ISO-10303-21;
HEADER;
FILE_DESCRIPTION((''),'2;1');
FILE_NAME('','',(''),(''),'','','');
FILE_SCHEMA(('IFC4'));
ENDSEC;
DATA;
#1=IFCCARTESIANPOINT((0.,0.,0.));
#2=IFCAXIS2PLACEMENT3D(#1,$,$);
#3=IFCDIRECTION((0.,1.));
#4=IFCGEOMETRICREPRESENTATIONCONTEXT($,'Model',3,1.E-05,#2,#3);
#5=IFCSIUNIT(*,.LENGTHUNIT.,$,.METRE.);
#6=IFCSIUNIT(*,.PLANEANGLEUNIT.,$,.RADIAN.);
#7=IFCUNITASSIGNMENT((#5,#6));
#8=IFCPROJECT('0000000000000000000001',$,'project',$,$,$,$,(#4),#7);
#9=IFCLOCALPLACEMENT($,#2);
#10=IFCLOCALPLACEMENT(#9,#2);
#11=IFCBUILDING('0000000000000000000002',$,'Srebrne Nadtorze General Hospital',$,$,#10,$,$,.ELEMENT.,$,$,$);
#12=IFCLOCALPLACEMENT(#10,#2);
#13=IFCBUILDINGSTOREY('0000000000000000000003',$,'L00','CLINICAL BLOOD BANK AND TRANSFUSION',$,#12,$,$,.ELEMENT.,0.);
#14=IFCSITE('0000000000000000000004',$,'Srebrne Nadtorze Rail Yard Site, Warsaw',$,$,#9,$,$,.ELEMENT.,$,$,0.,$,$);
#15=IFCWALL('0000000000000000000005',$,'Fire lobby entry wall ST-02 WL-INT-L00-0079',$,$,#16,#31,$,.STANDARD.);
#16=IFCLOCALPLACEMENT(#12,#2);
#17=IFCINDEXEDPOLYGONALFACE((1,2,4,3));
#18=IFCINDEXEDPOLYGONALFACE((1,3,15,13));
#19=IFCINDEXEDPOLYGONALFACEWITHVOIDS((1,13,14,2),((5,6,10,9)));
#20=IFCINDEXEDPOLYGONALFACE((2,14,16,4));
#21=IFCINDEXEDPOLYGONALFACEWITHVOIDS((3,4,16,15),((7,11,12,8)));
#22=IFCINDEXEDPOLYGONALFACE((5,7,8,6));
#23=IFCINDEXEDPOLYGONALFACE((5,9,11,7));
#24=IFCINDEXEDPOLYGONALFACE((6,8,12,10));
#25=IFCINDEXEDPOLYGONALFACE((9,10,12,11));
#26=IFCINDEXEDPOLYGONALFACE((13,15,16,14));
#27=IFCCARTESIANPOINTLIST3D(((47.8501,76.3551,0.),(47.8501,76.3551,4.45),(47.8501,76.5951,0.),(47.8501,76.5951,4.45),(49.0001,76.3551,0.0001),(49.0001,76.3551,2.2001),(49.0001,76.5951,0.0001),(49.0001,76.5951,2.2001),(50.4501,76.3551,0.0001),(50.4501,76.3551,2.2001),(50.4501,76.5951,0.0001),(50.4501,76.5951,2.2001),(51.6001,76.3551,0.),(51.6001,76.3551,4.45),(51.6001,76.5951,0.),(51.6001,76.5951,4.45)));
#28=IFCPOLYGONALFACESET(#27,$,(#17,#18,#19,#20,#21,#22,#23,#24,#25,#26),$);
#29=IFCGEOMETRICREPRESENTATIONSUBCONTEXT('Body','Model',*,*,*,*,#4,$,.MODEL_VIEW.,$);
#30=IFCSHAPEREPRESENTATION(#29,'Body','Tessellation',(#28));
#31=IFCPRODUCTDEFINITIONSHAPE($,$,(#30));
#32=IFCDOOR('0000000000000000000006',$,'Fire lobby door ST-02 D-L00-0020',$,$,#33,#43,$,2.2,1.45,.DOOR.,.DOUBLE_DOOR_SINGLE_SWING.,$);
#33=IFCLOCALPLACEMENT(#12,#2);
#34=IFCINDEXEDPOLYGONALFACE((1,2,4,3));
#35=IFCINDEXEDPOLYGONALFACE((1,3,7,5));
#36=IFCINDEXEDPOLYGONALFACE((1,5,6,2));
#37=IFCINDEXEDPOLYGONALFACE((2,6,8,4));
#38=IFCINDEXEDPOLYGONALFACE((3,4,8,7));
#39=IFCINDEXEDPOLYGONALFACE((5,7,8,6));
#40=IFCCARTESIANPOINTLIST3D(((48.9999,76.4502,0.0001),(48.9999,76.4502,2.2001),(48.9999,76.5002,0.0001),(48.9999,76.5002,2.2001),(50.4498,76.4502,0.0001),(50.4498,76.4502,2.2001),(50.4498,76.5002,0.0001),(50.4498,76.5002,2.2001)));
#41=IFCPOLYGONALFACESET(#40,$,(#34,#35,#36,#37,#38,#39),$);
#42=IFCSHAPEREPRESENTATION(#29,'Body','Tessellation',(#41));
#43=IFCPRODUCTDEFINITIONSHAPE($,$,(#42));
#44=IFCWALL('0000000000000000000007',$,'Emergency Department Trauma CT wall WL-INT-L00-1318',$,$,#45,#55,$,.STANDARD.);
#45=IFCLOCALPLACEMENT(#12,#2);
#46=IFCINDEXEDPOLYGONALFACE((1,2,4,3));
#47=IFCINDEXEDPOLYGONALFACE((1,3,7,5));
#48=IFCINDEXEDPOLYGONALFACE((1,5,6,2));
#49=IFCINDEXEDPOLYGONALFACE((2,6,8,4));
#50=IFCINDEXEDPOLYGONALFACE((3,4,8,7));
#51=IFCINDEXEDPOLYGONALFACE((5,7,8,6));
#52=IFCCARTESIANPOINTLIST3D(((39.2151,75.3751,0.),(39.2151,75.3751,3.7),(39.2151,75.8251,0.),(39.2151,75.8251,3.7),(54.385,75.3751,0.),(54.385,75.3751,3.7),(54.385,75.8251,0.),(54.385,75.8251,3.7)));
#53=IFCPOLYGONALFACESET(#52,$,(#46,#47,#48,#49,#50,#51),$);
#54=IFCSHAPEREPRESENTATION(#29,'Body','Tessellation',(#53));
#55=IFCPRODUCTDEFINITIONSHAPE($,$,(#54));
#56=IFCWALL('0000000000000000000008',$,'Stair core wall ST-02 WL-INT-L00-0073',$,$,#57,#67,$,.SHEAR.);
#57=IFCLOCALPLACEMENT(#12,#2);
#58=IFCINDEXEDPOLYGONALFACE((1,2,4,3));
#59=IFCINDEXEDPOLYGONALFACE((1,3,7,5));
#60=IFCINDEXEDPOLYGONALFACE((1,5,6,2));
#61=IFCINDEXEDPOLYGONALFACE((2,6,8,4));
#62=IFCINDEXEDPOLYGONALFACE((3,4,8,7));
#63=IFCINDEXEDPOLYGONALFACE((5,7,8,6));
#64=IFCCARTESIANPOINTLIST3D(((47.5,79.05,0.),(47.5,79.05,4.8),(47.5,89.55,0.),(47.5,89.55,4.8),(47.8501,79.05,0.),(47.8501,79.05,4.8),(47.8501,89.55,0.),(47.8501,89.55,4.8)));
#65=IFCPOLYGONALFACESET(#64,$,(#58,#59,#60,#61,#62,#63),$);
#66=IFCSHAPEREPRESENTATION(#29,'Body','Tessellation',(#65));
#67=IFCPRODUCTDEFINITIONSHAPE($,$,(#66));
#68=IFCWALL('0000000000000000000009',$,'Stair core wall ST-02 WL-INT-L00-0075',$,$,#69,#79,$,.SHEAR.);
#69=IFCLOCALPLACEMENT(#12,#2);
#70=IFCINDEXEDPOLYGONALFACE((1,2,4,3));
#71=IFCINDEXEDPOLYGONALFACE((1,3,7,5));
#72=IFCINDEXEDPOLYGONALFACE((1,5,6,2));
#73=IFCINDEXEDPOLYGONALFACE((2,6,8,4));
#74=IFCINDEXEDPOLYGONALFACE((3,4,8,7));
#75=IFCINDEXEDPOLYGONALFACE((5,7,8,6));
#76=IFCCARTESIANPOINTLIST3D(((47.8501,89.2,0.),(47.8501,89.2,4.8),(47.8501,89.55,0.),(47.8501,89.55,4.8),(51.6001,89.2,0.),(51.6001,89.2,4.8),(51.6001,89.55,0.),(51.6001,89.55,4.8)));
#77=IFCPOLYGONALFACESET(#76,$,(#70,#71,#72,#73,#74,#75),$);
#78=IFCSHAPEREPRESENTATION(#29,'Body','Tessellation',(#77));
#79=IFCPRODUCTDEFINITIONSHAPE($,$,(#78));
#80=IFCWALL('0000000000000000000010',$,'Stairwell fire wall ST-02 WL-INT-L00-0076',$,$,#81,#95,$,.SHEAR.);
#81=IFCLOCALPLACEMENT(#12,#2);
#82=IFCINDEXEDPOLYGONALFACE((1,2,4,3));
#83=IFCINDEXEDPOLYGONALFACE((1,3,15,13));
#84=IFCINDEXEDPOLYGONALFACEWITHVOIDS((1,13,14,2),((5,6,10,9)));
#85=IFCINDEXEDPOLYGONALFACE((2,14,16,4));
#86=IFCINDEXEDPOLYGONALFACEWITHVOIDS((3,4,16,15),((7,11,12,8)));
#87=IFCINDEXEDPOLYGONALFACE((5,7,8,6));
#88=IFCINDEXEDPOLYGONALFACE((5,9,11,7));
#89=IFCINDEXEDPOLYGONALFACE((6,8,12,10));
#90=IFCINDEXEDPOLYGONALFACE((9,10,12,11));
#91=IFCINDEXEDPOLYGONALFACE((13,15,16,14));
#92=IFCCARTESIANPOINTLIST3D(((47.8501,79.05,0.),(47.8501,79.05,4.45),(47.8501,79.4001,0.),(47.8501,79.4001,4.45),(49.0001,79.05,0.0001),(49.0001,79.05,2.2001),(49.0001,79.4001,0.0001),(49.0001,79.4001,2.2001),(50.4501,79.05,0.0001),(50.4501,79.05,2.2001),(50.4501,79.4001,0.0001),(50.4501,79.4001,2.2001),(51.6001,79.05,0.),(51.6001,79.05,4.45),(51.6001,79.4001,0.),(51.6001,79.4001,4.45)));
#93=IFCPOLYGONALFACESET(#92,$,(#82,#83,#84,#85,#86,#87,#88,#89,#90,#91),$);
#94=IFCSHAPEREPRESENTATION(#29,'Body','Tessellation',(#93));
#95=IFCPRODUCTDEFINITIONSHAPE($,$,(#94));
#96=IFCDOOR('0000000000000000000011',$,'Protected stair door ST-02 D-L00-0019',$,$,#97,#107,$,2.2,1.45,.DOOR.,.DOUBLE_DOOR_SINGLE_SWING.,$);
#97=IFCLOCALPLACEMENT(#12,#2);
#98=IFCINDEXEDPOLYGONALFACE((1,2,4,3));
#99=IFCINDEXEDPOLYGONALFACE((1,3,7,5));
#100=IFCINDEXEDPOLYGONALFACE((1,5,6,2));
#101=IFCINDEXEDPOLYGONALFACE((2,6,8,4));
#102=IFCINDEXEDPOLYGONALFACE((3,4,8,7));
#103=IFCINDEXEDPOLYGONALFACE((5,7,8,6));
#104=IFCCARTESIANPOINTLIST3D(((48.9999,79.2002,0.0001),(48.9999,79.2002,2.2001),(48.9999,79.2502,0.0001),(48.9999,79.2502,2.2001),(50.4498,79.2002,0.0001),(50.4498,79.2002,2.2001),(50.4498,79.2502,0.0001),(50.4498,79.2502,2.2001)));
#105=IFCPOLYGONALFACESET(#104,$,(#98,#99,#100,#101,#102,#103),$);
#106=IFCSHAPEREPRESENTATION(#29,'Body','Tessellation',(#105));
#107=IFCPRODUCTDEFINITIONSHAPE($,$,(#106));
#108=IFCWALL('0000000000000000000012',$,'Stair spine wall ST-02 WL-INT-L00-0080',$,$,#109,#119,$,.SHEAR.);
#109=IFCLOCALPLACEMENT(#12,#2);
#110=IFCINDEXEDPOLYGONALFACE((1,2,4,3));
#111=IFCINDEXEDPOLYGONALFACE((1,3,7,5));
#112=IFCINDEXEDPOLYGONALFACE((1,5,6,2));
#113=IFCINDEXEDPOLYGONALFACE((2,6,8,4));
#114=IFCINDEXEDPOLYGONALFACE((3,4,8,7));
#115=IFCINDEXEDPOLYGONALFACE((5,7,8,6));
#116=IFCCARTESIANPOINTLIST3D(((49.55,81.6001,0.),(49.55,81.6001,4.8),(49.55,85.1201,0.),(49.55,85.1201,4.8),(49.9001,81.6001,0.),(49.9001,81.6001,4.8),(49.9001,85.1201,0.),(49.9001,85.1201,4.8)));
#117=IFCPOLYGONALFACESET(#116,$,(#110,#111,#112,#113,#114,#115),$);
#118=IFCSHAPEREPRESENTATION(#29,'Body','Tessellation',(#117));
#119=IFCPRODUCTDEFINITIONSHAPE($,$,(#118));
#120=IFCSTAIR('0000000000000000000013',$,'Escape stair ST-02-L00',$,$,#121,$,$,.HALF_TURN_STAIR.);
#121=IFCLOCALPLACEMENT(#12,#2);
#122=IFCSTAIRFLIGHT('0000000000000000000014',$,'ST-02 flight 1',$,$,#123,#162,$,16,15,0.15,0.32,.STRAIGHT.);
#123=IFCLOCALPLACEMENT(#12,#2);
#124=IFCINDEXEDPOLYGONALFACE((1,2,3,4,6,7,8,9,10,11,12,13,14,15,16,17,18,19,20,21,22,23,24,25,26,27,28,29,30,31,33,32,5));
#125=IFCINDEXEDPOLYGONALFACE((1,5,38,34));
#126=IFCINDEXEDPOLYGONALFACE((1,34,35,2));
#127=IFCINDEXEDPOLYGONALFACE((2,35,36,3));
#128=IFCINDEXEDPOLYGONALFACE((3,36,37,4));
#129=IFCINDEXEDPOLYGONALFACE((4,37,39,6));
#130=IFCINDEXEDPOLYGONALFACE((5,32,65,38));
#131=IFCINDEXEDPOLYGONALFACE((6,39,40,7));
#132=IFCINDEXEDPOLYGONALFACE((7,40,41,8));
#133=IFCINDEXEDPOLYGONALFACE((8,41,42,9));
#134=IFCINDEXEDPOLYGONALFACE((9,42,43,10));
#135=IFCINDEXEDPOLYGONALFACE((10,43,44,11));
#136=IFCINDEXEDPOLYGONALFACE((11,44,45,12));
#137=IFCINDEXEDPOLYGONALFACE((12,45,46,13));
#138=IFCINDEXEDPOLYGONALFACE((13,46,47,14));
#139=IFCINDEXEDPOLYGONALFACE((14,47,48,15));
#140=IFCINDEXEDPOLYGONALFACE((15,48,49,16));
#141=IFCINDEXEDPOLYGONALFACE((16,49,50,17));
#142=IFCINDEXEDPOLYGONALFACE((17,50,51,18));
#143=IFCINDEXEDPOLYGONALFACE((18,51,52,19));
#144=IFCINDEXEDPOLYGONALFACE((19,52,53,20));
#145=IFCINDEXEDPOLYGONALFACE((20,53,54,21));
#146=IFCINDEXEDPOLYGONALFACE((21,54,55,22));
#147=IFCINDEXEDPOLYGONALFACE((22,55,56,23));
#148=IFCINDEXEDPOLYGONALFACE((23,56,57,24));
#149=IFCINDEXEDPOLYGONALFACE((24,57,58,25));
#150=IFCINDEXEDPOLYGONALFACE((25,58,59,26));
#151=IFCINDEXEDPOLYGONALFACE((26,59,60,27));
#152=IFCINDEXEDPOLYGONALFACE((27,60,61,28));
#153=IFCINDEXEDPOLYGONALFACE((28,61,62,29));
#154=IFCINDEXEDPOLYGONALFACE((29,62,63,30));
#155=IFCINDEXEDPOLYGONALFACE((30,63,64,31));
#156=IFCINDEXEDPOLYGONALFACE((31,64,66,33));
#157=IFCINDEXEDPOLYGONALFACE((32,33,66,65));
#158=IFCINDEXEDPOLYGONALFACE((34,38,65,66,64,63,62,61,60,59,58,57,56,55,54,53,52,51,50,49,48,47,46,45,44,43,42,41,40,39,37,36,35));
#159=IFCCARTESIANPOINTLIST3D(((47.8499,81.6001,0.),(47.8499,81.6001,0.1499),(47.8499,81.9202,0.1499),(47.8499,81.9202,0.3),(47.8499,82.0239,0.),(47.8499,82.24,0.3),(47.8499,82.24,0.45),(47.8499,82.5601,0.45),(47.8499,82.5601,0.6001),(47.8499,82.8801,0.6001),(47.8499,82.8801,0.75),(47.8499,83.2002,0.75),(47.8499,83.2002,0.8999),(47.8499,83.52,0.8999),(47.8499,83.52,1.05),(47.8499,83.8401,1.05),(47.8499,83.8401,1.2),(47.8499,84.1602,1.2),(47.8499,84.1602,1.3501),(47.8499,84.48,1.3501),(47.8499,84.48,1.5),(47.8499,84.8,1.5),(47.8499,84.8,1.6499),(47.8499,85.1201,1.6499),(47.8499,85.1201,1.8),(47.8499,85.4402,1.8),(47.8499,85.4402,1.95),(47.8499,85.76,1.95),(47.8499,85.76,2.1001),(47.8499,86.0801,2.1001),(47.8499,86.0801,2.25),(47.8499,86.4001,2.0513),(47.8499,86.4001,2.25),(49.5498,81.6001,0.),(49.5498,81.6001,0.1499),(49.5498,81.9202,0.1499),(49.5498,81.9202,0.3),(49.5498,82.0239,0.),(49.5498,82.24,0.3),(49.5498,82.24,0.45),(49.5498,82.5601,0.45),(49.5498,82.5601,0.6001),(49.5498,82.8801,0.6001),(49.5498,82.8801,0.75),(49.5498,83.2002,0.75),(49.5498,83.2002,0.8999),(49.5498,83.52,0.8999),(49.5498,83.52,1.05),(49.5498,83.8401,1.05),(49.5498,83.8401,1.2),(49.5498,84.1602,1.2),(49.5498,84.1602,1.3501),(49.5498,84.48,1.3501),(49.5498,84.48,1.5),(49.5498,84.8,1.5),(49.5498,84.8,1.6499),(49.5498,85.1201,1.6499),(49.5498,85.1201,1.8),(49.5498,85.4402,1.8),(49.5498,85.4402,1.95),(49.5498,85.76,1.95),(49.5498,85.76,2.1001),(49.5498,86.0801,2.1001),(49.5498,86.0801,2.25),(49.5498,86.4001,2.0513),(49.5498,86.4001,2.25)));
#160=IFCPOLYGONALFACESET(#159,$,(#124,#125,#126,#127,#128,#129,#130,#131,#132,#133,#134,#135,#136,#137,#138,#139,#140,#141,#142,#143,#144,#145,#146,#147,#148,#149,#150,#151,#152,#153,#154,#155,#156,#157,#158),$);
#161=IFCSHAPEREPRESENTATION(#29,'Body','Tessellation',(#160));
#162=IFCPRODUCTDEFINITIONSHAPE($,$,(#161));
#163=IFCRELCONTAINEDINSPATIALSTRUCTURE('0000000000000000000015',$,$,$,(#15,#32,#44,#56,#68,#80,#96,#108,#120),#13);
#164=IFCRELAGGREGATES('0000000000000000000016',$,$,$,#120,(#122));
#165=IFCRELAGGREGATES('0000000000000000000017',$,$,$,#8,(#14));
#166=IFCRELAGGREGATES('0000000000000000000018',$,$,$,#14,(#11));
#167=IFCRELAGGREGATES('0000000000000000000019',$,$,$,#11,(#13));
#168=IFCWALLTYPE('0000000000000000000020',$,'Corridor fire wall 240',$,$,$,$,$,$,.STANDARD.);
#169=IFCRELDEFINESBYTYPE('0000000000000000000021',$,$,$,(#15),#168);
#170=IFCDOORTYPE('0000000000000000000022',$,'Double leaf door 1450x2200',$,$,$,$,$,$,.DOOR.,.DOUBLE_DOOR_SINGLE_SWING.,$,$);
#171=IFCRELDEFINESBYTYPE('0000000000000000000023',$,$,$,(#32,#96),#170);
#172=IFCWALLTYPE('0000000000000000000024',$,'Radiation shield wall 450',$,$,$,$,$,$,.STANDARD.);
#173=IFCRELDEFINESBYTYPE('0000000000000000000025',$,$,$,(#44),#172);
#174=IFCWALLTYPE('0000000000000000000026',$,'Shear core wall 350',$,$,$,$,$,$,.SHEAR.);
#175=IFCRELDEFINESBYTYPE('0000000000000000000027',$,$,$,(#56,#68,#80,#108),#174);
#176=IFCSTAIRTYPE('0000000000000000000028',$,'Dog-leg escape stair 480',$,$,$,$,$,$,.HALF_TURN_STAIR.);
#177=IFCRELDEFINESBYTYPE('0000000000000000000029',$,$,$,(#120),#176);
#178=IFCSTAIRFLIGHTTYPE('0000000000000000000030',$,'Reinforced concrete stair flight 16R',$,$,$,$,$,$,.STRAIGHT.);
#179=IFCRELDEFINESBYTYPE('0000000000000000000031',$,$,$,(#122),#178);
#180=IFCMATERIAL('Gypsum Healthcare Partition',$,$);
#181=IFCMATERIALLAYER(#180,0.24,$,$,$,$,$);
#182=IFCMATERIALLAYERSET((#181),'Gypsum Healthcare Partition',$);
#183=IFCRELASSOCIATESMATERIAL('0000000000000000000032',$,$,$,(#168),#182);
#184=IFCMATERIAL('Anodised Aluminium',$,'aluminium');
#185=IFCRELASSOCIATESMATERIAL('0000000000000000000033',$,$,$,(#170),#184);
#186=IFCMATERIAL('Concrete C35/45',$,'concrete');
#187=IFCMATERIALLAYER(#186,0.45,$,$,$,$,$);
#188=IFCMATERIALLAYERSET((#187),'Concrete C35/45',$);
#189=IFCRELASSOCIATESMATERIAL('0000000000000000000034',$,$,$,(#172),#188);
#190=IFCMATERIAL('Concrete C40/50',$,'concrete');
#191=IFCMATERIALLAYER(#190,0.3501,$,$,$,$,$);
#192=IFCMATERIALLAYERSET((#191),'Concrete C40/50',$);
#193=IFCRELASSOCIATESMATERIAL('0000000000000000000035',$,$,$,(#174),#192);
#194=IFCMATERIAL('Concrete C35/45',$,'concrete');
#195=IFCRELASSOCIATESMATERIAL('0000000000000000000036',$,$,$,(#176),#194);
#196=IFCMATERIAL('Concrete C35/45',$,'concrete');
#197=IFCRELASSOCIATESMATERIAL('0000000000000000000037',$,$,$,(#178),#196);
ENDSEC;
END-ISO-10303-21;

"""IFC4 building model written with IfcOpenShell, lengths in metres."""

from ifc_helpers import new_model, si_unit, direction, frame, frame_2d, origin, place, context, subcontext, project, spatial, polyline, rectangle, outline, extrude, material, layer, layer_set, type_object, element, fill, aggregate, save


model = new_model("IFC4")

# Units and contexts
model_context = context("Model", 3, precision=1e-05, world=origin(), true_north=direction((0.0, 1.0)))
body_context = subcontext(model_context, "Body", "Model", "MODEL_VIEW")
ifc_project = project(units=[si_unit("LENGTHUNIT", "METRE"), si_unit("PLANEANGLEUNIT", "RADIAN")], contexts=[model_context])

# Site, building, storey
site_placement = place(None, origin())
site = spatial("IfcSite", under=ifc_project, at=site_placement, Name="Srebrne Nadtorze Rail Yard Site, Warsaw", CompositionType="ELEMENT", RefElevation=0.0)
building_placement = place(site_placement, origin())
building = spatial("IfcBuilding", under=site, at=building_placement, Name="Srebrne Nadtorze General Hospital", CompositionType="ELEMENT")
storey_placement = place(building_placement, origin())
storey = spatial("IfcBuildingStorey", under=building, at=storey_placement, Name="L00", Description="CLINICAL BLOOD BANK AND TRANSFUSION", CompositionType="ELEMENT", Elevation=0.0)

# Shared definitions
ifc_material_1 = material(Name="Gypsum Healthcare Partition")
ifc_layer_1 = layer(ifc_material_1, 0.24)
ifc_layer_set_1 = layer_set([ifc_layer_1], Name="Gypsum Healthcare Partition")
wall_type_1 = type_object("IfcWallType", Name="Corridor fire wall 240", PredefinedType="STANDARD", material=ifc_layer_set_1)

# Wall, opening, door
wall_1_placement = place(storey_placement, frame((47.8501, 76.4751, 0.0), z_axis=(0.0, 0.0, 1.0), x_axis=(1.0, 0.0, 0.0)))
wall_1 = element("IfcWall", 1, at=wall_1_placement, inside=storey, type_object=wall_type_1, Name="Fire lobby entry wall ST-02 WL-INT-L00-0079", PredefinedType="STANDARD", context=body_context, shape_type="SweptSolid", body=[
    extrude(rectangle(XDim=3.75, YDim=0.24, at=frame_2d((1.875, 0.0))), origin(), (0.0, 0.0, 1.0), 4.45),
])
opening_1_placement = place(wall_1_placement, frame((1.1499, 0.0, 0.0)))
opening_1 = element("IfcOpeningElement", 2, at=opening_1_placement, cuts=wall_1, PredefinedType="OPENING", context=body_context, shape_type="SweptSolid", body=[
    extrude(rectangle(XDim=1.45, YDim=2.2, at=frame_2d((0.7251, 1.1001))), frame((0.0, 0.1318, 0.0), z_axis=(0.0, -1.0, 0.0), x_axis=(1.0, 0.0, 0.0)), (0.0, 0.0, 1.0), 0.2639),
])
ifc_material_2 = material(Name="Anodised Aluminium", Category="aluminium")
door_type = type_object("IfcDoorType", Name="Double leaf door 1450x2200", OperationType="DOUBLE_DOOR_SINGLE_SWING", PredefinedType="DOOR", material=ifc_material_2)
door_1_placement = place(opening_1_placement, frame((1.45, 0.0, 0.0), z_axis=(0.0, 0.0, 1.0), x_axis=(-1.0, 0.0, 0.0)))
door_1 = element("IfcDoor", 3, at=door_1_placement, inside=storey, type_object=door_type, Name="Fire lobby door ST-02 D-L00-0020", OperationType="DOUBLE_DOOR_SINGLE_SWING", OverallHeight=2.2, OverallWidth=1.45, PredefinedType="DOOR", context=body_context, shape_type="SweptSolid", body=[
    extrude(rectangle(XDim=1.45, YDim=2.2, at=frame_2d((0.7251, 1.1001))), frame((0.0, 0.0249, 0.0), z_axis=(0.0, -1.0, 0.0), x_axis=(1.0, 0.0, 0.0)), (0.0, 0.0, 1.0), 0.05),
])
fill(opening_1, door_1)

# Walls
ifc_material_3 = material(Name="Concrete C35/45", Category="concrete")
ifc_layer_2 = layer(ifc_material_3, 0.45)
ifc_layer_set_2 = layer_set([ifc_layer_2], Name="Concrete C35/45")
wall_type_2 = type_object("IfcWallType", Name="Radiation shield wall 450", PredefinedType="STANDARD", material=ifc_layer_set_2)
wall_2_placement = place(storey_placement, frame((39.2151, 75.6001, 0.0), z_axis=(0.0, 0.0, 1.0), x_axis=(1.0, 0.0, 0.0)))
element("IfcWall", 4, at=wall_2_placement, inside=storey, type_object=wall_type_2, Name="Emergency Department Trauma CT wall WL-INT-L00-1318", PredefinedType="STANDARD", context=body_context, shape_type="SweptSolid", body=[
    extrude(rectangle(XDim=15.1699, YDim=0.45, at=frame_2d((7.585, 0.0))), origin(), (0.0, 0.0, 1.0), 3.7),
])
ifc_material_4 = material(Name="Concrete C40/50", Category="concrete")
ifc_layer_3 = layer(ifc_material_4, 0.3501)
ifc_layer_set_3 = layer_set([ifc_layer_3], Name="Concrete C40/50")
wall_type_3 = type_object("IfcWallType", Name="Shear core wall 350", PredefinedType="SHEAR", material=ifc_layer_set_3)
wall_3_placement = place(storey_placement, frame((47.675, 79.05, 0.0), z_axis=(0.0, 0.0, 1.0), x_axis=(0.0, 1.0, 0.0)))
element("IfcWall", 5, at=wall_3_placement, inside=storey, type_object=wall_type_3, Name="Stair core wall ST-02 WL-INT-L00-0073", PredefinedType="SHEAR", context=body_context, shape_type="SweptSolid", body=[
    extrude(rectangle(XDim=10.5, YDim=0.3501, at=frame_2d((5.25, 0.0))), origin(), (0.0, 0.0, 1.0), 4.8),
])
wall_4_placement = place(storey_placement, frame((47.8501, 89.375, 0.0), z_axis=(0.0, 0.0, 1.0), x_axis=(1.0, 0.0, 0.0)))
element("IfcWall", 6, at=wall_4_placement, inside=storey, type_object=wall_type_3, Name="Stair core wall ST-02 WL-INT-L00-0075", PredefinedType="SHEAR", context=body_context, shape_type="SweptSolid", body=[
    extrude(rectangle(XDim=3.75, YDim=0.3501, at=frame_2d((1.875, 0.0))), origin(), (0.0, 0.0, 1.0), 4.8),
])

# Wall, opening, door
wall_5_placement = place(storey_placement, frame((47.8501, 79.2251, 0.0), z_axis=(0.0, 0.0, 1.0), x_axis=(1.0, 0.0, 0.0)))
wall_5 = element("IfcWall", 7, at=wall_5_placement, inside=storey, type_object=wall_type_3, Name="Stairwell fire wall ST-02 WL-INT-L00-0076", PredefinedType="SHEAR", context=body_context, shape_type="SweptSolid", body=[
    extrude(rectangle(XDim=3.75, YDim=0.3501, at=frame_2d((1.875, 0.0))), origin(), (0.0, 0.0, 1.0), 4.45),
])
opening_2_placement = place(wall_5_placement, frame((1.1499, 0.0, 0.0)))
opening_2 = element("IfcOpeningElement", 8, at=opening_2_placement, cuts=wall_5, PredefinedType="OPENING", context=body_context, shape_type="SweptSolid", body=[
    extrude(rectangle(XDim=1.45, YDim=2.2, at=frame_2d((0.7251, 1.1001))), frame((0.0, 0.187, 0.0), z_axis=(0.0, -1.0, 0.0), x_axis=(1.0, 0.0, 0.0)), (0.0, 0.0, 1.0), 0.374),
])
door_2_placement = place(opening_2_placement, frame((1.45, 0.0, 0.0), z_axis=(0.0, 0.0, 1.0), x_axis=(-1.0, 0.0, 0.0)))
door_2 = element("IfcDoor", 9, at=door_2_placement, inside=storey, type_object=door_type, Name="Protected stair door ST-02 D-L00-0019", OperationType="DOUBLE_DOOR_SINGLE_SWING", OverallHeight=2.2, OverallWidth=1.45, PredefinedType="DOOR", context=body_context, shape_type="SweptSolid", body=[
    extrude(rectangle(XDim=1.45, YDim=2.2, at=frame_2d((0.7251, 1.1001))), frame((0.0, 0.0249, 0.0), z_axis=(0.0, -1.0, 0.0), x_axis=(1.0, 0.0, 0.0)), (0.0, 0.0, 1.0), 0.05),
])
fill(opening_2, door_2)

# Wall
wall_6_placement = place(storey_placement, frame((49.7251, 81.6001, 0.0), z_axis=(0.0, 0.0, 1.0), x_axis=(0.0, 1.0, 0.0)))
element("IfcWall", 10, at=wall_6_placement, inside=storey, type_object=wall_type_3, Name="Stair spine wall ST-02 WL-INT-L00-0080", PredefinedType="SHEAR", context=body_context, shape_type="SweptSolid", body=[
    extrude(rectangle(XDim=3.52, YDim=0.3501, at=frame_2d((1.76, 0.0))), origin(), (0.0, 0.0, 1.0), 4.8),
])

# Stair, stair flight
ifc_material_5 = material(Name="Concrete C35/45", Category="concrete")
stair_type = type_object("IfcStairType", Name="Dog-leg escape stair 480", PredefinedType="HALF_TURN_STAIR", material=ifc_material_5)
stair_placement = place(storey_placement, origin())
stair = element("IfcStair", 11, at=stair_placement, inside=storey, type_object=stair_type, Name="Escape stair ST-02-L00", PredefinedType="HALF_TURN_STAIR")
ifc_material_6 = material(Name="Concrete C35/45", Category="concrete")
stair_flight_type = type_object("IfcStairFlightType", Name="Reinforced concrete stair flight 16R", PredefinedType="STRAIGHT", material=ifc_material_6)
stair_flight_placement = place(storey_placement, frame((48.7, 81.6001, 0.0), z_axis=(0.0, 0.0, 1.0), x_axis=(0.0, 1.0, 0.0)))
stair_flight = element("IfcStairFlight", 12, at=stair_flight_placement, type_object=stair_flight_type, Name="ST-02 flight 1", NumberOfRisers=16, NumberOfTreads=15, PredefinedType="STRAIGHT", RiserHeight=0.15, TreadLength=0.32, context=body_context, shape_type="SweptSolid", body=[
    extrude(outline(polyline([(0.0, 0.0), (0.0, 0.1499), (0.3201, 0.1499), (0.3201, 0.3), (0.6399, 0.3), (0.6399, 0.45), (0.96, 0.45), (0.96, 0.6001), (1.28, 0.6001), (1.28, 0.75), (1.6001, 0.75), (1.6001, 0.8999), (1.9199, 0.8999), (1.9199, 1.05), (2.24, 1.05), (2.24, 1.2), (2.5601, 1.2), (2.5601, 1.3501), (2.8799, 1.3501), (2.8799, 1.5), (3.2, 1.5), (3.2, 1.6499), (3.52, 1.6499), (3.52, 1.8), (3.8401, 1.8), (3.8401, 1.95), (4.1599, 1.95), (4.1599, 2.1001), (4.48, 2.1001), (4.48, 2.25), (4.8, 2.25), (4.8, 2.3999), (4.8, 2.0513), (0.4238, 0.0), (0.0, 0.0)])), frame((0.0, 0.8501, 0.0), z_axis=(0.0, -1.0, 0.0), x_axis=(1.0, 0.0, 0.0)), (0.0, 0.0, 1.0), 1.7),
])
aggregate(stair, [stair_flight])

save(model, "model.ifc")
